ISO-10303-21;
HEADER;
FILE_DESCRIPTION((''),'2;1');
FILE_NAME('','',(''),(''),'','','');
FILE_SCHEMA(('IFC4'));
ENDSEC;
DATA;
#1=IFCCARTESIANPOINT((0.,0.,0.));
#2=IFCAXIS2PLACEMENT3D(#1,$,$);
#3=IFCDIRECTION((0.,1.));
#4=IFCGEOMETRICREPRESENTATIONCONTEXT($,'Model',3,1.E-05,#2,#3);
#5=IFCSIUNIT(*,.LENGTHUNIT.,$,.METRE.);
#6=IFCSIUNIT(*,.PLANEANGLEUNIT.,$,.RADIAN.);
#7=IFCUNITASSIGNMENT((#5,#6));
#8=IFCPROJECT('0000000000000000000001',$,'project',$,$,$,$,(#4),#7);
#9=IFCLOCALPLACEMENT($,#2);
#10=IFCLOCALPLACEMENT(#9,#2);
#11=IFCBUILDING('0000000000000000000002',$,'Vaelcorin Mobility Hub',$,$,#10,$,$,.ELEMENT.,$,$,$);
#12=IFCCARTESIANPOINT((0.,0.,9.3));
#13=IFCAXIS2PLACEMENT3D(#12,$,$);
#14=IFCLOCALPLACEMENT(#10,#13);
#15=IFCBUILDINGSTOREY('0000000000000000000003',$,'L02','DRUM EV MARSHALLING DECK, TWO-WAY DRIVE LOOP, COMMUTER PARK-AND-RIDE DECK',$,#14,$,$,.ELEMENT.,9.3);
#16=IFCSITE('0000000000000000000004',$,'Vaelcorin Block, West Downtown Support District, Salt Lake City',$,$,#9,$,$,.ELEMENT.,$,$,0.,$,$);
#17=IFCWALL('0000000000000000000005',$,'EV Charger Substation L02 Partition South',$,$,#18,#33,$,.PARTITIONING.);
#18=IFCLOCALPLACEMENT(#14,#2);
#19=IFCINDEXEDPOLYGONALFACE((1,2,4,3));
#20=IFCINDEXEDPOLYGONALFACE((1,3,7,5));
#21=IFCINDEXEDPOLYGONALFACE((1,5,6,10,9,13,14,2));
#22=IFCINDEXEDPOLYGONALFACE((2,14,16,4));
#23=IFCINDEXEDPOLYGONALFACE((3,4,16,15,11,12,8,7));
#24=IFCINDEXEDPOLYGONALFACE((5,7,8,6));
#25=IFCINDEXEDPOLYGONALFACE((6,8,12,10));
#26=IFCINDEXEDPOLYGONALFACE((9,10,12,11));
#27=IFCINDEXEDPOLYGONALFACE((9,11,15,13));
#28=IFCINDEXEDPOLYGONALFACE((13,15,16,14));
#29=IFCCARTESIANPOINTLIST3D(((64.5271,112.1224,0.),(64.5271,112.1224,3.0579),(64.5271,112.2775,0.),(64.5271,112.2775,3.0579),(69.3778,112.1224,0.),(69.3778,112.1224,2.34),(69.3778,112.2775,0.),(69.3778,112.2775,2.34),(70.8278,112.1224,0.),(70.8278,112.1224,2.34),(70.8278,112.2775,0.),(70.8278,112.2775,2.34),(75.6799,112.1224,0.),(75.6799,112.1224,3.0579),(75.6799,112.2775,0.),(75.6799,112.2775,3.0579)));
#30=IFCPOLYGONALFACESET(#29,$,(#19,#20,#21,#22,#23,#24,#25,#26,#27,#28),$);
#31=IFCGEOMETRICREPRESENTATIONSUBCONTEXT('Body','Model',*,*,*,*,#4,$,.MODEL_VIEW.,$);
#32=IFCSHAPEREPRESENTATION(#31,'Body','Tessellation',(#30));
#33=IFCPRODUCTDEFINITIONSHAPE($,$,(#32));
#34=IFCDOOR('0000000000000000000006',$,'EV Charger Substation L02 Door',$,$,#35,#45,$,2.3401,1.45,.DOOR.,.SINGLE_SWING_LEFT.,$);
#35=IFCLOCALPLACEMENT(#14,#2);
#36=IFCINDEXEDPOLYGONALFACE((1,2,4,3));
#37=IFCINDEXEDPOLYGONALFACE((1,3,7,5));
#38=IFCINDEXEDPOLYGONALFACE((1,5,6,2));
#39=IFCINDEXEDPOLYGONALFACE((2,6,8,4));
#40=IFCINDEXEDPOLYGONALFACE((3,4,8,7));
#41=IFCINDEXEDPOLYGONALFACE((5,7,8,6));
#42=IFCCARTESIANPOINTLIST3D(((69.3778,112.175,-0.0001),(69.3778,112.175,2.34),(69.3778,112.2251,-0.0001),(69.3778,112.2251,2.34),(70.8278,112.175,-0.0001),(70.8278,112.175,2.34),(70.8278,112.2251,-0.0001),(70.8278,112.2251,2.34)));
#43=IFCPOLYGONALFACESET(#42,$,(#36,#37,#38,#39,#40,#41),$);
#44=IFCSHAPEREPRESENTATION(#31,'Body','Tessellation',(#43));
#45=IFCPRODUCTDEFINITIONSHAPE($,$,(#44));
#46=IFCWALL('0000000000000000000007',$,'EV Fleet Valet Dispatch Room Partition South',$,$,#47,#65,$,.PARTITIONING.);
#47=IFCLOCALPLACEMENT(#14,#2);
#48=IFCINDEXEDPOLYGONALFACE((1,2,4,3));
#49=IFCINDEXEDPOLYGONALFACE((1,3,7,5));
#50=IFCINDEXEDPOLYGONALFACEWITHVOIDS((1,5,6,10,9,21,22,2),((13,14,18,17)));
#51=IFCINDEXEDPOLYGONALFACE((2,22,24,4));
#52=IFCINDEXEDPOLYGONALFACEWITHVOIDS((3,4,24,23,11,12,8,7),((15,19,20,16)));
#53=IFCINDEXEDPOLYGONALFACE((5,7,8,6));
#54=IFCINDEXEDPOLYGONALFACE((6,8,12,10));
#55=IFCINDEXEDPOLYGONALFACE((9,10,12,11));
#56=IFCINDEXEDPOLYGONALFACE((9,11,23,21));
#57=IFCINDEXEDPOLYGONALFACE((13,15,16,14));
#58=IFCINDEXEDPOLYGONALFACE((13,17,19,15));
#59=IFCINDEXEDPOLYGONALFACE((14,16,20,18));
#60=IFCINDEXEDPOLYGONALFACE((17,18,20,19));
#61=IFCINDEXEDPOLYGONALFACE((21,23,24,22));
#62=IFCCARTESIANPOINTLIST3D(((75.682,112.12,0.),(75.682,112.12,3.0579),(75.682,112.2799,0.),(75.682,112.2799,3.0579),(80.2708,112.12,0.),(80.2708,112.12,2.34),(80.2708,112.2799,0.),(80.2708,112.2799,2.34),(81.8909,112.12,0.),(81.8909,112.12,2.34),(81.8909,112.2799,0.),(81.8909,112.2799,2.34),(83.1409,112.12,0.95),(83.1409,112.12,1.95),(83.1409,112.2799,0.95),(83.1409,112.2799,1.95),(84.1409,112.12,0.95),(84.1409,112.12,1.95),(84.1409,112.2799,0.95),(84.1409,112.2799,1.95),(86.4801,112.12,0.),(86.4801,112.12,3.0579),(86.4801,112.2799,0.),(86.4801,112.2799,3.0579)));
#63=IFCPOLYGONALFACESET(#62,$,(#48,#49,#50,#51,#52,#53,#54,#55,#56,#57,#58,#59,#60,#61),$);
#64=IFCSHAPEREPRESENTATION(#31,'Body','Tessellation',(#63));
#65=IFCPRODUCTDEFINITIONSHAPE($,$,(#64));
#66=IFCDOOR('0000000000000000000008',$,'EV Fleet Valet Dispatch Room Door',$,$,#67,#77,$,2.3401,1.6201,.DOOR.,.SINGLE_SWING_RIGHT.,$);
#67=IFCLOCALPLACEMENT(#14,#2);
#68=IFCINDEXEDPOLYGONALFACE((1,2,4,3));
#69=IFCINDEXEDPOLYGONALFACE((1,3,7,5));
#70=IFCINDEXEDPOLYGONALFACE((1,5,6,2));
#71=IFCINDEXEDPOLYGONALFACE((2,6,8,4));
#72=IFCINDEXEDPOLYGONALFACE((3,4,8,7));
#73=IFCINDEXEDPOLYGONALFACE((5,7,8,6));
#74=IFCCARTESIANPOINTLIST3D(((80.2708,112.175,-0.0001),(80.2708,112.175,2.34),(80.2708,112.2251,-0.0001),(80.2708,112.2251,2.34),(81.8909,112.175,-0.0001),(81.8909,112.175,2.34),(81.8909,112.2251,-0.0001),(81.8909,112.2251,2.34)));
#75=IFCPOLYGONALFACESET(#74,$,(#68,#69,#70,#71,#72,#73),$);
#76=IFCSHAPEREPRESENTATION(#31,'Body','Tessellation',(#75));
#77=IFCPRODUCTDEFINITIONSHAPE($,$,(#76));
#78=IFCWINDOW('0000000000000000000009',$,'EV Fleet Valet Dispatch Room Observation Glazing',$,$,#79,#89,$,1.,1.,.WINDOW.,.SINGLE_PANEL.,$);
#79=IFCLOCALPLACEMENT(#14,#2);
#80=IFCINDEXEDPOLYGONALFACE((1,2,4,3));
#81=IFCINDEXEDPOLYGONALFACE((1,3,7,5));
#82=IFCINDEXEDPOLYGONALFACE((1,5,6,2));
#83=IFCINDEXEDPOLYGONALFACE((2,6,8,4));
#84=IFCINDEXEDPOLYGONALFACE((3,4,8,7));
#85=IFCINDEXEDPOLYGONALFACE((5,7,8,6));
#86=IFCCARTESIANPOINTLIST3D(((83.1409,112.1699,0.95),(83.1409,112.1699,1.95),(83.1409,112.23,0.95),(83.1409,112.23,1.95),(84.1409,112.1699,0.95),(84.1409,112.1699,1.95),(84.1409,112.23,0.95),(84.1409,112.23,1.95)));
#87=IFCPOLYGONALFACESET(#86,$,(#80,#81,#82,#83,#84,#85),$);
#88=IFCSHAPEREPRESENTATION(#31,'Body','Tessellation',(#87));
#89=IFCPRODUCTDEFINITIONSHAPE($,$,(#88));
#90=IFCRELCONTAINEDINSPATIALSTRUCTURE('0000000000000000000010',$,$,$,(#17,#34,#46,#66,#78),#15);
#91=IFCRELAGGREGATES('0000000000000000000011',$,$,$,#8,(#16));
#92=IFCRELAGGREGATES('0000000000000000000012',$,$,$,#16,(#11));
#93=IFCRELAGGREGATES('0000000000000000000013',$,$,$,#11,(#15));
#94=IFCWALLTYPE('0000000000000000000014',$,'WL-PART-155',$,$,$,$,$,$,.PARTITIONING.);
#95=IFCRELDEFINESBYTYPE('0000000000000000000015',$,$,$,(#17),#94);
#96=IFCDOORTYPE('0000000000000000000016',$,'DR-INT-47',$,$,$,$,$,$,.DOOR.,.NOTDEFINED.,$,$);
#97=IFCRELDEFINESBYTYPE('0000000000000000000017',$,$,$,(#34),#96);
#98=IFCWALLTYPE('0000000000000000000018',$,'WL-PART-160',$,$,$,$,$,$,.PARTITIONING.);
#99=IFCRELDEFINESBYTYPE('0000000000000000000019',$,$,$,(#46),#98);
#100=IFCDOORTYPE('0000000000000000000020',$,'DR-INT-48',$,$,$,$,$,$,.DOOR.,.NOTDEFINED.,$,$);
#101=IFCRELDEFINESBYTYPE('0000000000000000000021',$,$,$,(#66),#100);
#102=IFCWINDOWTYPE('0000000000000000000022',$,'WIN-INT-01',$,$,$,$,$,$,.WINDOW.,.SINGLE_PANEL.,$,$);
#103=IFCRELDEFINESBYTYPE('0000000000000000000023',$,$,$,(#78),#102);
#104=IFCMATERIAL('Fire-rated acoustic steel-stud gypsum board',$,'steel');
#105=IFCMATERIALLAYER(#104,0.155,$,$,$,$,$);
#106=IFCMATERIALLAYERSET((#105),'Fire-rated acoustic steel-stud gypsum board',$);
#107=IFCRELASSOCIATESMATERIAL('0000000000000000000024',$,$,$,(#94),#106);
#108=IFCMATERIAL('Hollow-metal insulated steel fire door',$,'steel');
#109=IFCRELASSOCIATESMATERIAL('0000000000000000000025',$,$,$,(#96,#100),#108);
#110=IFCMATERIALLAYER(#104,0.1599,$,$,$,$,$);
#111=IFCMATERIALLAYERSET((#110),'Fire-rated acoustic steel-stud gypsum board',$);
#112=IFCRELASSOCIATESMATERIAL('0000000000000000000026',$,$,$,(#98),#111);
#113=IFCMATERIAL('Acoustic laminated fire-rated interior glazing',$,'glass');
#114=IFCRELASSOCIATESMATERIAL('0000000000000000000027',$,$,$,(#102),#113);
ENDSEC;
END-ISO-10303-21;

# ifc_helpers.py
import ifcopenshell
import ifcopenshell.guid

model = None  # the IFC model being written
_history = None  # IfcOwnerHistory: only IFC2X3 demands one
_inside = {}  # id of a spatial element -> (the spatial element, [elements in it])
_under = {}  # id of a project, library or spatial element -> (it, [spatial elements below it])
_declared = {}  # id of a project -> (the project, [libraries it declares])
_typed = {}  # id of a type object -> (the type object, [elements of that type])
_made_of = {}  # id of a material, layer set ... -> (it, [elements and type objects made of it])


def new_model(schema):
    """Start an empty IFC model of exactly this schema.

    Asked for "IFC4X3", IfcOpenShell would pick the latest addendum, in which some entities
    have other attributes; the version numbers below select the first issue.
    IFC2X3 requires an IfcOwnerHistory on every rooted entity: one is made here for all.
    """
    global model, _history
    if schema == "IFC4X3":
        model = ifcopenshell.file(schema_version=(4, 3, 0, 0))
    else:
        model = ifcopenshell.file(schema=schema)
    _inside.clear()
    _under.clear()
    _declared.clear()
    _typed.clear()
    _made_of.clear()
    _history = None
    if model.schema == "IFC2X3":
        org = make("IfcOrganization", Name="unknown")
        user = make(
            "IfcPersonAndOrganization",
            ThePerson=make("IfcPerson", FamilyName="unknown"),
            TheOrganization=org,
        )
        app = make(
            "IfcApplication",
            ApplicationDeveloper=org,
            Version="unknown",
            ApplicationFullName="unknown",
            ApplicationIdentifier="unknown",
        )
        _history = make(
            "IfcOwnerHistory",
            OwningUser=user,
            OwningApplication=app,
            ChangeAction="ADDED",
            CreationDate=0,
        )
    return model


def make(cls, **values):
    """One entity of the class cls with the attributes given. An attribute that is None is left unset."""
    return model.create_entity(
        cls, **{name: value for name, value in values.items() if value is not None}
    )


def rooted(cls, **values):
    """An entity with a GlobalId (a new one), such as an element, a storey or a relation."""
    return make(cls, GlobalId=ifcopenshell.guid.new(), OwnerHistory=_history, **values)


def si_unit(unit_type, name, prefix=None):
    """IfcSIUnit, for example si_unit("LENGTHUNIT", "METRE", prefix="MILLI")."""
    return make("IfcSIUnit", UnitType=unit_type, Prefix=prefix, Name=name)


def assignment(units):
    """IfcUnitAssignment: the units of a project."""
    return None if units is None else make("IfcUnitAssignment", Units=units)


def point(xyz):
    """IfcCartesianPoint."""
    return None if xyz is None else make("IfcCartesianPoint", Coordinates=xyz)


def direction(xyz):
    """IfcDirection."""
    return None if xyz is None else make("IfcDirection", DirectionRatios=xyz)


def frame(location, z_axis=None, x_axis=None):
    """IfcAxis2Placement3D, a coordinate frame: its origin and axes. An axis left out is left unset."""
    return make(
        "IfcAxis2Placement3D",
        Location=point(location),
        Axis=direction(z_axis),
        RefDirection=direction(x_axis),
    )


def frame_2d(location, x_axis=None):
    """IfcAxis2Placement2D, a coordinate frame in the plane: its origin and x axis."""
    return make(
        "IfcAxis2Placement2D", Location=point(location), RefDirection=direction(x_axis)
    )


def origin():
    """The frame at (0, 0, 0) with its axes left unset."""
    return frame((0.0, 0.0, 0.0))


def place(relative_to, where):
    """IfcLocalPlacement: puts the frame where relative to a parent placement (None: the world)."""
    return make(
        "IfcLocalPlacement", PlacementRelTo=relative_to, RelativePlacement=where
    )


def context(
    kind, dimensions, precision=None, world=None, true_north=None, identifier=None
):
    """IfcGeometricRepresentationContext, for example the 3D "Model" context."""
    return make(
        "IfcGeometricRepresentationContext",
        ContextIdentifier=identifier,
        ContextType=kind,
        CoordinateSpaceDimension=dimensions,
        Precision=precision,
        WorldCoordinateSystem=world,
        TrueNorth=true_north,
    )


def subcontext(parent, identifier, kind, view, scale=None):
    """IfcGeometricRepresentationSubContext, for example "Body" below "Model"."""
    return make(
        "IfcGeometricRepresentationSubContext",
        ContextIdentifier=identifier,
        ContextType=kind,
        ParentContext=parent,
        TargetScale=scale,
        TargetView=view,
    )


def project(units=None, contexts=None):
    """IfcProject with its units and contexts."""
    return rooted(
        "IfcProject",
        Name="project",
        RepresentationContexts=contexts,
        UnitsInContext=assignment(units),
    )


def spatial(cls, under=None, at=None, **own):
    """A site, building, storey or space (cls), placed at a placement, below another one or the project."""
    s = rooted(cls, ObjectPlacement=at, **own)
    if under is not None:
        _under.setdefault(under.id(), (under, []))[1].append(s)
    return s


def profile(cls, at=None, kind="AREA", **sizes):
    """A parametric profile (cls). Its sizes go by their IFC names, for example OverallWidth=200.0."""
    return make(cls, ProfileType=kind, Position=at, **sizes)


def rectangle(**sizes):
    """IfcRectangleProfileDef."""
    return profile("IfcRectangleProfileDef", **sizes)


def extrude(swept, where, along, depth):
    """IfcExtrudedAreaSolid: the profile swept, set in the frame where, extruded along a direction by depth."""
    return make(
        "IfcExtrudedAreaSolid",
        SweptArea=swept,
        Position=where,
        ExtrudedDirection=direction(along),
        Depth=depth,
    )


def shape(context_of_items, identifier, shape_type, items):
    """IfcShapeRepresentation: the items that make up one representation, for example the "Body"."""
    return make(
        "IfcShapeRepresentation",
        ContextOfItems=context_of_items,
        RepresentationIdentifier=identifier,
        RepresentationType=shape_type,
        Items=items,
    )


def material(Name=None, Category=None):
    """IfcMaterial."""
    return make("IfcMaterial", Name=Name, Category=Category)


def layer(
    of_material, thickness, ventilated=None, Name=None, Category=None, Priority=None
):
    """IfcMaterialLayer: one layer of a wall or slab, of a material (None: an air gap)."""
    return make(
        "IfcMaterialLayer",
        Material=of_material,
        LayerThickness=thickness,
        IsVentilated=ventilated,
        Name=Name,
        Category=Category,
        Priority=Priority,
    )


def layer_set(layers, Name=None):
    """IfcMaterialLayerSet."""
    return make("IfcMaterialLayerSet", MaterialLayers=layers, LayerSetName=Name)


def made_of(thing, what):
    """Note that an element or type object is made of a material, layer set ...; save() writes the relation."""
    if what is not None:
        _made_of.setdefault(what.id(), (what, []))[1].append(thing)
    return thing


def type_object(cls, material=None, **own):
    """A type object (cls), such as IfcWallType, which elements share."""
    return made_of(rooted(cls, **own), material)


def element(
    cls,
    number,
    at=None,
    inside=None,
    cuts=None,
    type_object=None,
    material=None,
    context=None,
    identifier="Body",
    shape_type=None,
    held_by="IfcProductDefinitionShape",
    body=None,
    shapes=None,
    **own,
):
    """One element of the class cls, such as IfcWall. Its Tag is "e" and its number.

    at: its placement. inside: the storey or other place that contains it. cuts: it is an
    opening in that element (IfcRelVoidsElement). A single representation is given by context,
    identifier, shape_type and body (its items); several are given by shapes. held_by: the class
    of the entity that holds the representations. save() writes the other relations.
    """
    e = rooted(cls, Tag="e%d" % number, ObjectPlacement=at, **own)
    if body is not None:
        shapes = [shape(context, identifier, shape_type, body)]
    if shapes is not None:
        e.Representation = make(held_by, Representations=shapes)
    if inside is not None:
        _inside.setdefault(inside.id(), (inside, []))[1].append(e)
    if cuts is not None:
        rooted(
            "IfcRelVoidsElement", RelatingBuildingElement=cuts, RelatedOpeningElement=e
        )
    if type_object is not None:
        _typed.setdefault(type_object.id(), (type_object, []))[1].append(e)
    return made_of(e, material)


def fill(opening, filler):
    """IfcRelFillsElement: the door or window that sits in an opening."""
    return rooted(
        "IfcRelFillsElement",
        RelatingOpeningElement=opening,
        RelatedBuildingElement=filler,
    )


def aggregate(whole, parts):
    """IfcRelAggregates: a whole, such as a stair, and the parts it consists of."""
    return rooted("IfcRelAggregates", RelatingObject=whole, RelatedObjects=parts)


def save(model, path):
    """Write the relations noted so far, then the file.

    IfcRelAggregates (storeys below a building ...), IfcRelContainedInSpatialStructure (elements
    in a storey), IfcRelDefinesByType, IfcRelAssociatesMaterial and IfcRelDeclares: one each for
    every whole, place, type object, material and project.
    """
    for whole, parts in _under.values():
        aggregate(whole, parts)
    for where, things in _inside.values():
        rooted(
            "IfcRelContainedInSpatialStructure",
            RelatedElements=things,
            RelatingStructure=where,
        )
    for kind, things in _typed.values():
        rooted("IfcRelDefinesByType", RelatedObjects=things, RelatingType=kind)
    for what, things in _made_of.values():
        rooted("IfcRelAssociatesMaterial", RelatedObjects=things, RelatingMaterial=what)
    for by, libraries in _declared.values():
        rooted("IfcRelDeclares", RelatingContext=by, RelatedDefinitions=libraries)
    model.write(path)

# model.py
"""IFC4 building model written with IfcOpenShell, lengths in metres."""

from ifc_helpers import new_model, si_unit, direction, frame, frame_2d, origin, place, context, subcontext, project, spatial, rectangle, extrude, material, layer, layer_set, type_object, element, fill, save


model = new_model("IFC4")

# Units and contexts
model_context = context("Model", 3, precision=1e-05, world=origin(), true_north=direction((0.0, 1.0)))
body_context = subcontext(model_context, "Body", "Model", "MODEL_VIEW")
ifc_project = project(units=[si_unit("LENGTHUNIT", "METRE"), si_unit("PLANEANGLEUNIT", "RADIAN")], contexts=[model_context])

# Site, building, storey
site_placement = place(None, origin())
site = spatial("IfcSite", under=ifc_project, at=site_placement, Name="Vaelcorin Block, West Downtown Support District, Salt Lake City", CompositionType="ELEMENT", RefElevation=0.0)
building_placement = place(site_placement, origin())
building = spatial("IfcBuilding", under=site, at=building_placement, Name="Vaelcorin Mobility Hub", CompositionType="ELEMENT")
storey_placement = place(building_placement, frame((0.0, 0.0, 9.3)))
storey = spatial("IfcBuildingStorey", under=building, at=storey_placement, Name="L02", Description="DRUM EV MARSHALLING DECK, TWO-WAY DRIVE LOOP, COMMUTER PARK-AND-RIDE DECK", CompositionType="ELEMENT", Elevation=9.3)

# Wall, opening, door
ifc_material_1 = material(Name="Fire-rated acoustic steel-stud gypsum board", Category="steel")
ifc_layer_1 = layer(ifc_material_1, 0.155)
ifc_layer_set_1 = layer_set([ifc_layer_1], Name="Fire-rated acoustic steel-stud gypsum board")
wall_type_1 = type_object("IfcWallType", Name="WL-PART-155", PredefinedType="PARTITIONING", material=ifc_layer_set_1)
wall_1_placement = place(storey_placement, frame((75.6799, 112.2, 0.0), z_axis=(0.0, 0.0, 1.0), x_axis=(-1.0, 0.0, 0.0)))
wall_1 = element("IfcWall", 1, at=wall_1_placement, inside=storey, type_object=wall_type_1, Name="EV Charger Substation L02 Partition South", PredefinedType="PARTITIONING", context=body_context, shape_type="SweptSolid", body=[
    extrude(rectangle(XDim=11.1528, YDim=0.155, at=frame_2d((5.5764, 0.0))), origin(), (0.0, 0.0, 1.0), 3.0579),
])
opening_1_placement = place(wall_1_placement, frame((4.8521, 0.0, 0.0)))
opening_1 = element("IfcOpeningElement", 2, at=opening_1_placement, cuts=wall_1, PredefinedType="OPENING", context=body_context, shape_type="SweptSolid", body=[
    extrude(rectangle(XDim=1.45, YDim=2.3401, at=frame_2d((0.7251, 1.1699))), frame((0.0, 0.0874, 0.0), z_axis=(0.0, -1.0, 0.0), x_axis=(1.0, 0.0, 0.0)), (0.0, 0.0, 1.0), 0.175),
])
ifc_material_2 = material(Name="Hollow-metal insulated steel fire door", Category="steel")
door_type_1 = type_object("IfcDoorType", Name="DR-INT-47", OperationType="NOTDEFINED", PredefinedType="DOOR", material=ifc_material_2)
door_1_placement = place(opening_1_placement, origin())
door_1 = element("IfcDoor", 3, at=door_1_placement, inside=storey, type_object=door_type_1, Name="EV Charger Substation L02 Door", OperationType="SINGLE_SWING_LEFT", OverallHeight=2.3401, OverallWidth=1.45, PredefinedType="DOOR", context=body_context, shape_type="SweptSolid", body=[
    extrude(rectangle(XDim=1.45, YDim=2.3401, at=frame_2d((0.7251, 1.1699))), frame((0.0, 0.0249, 0.0), z_axis=(0.0, -1.0, 0.0), x_axis=(1.0, 0.0, 0.0)), (0.0, 0.0, 1.0), 0.05),
])
fill(opening_1, door_1)

# Wall, openings, door, window
ifc_layer_2 = layer(ifc_material_1, 0.1599)
ifc_layer_set_2 = layer_set([ifc_layer_2], Name="Fire-rated acoustic steel-stud gypsum board")
wall_type_2 = type_object("IfcWallType", Name="WL-PART-160", PredefinedType="PARTITIONING", material=ifc_layer_set_2)
wall_2_placement = place(storey_placement, frame((86.48, 112.2, 0.0), z_axis=(0.0, 0.0, 1.0), x_axis=(-1.0, 0.0, 0.0)))
wall_2 = element("IfcWall", 4, at=wall_2_placement, inside=storey, type_object=wall_type_2, Name="EV Fleet Valet Dispatch Room Partition South", PredefinedType="PARTITIONING", context=body_context, shape_type="SweptSolid", body=[
    extrude(rectangle(XDim=10.7981, YDim=0.1599, at=frame_2d((5.3989, 0.0))), origin(), (0.0, 0.0, 1.0), 3.0579),
])
opening_2_placement = place(wall_2_placement, frame((4.5891, 0.0, 0.0)))
opening_2 = element("IfcOpeningElement", 5, at=opening_2_placement, cuts=wall_2, PredefinedType="OPENING", context=body_context, shape_type="SweptSolid", body=[
    extrude(rectangle(XDim=1.6201, YDim=2.3401, at=frame_2d((0.8101, 1.1699))), frame((0.0, 0.0898, 0.0), z_axis=(0.0, -1.0, 0.0), x_axis=(1.0, 0.0, 0.0)), (0.0, 0.0, 1.0), 0.1799),
])
opening_3_placement = place(wall_2_placement, frame((2.3391, 0.0, 0.95)))
opening_3 = element("IfcOpeningElement", 6, at=opening_3_placement, cuts=wall_2, PredefinedType="OPENING", context=body_context, shape_type="SweptSolid", body=[
    extrude(rectangle(XDim=1.0, YDim=1.0, at=frame_2d((0.5, 0.5))), frame((0.0, 0.0898, 0.0), z_axis=(0.0, -1.0, 0.0), x_axis=(1.0, 0.0, 0.0)), (0.0, 0.0, 1.0), 0.1799),
])
door_type_2 = type_object("IfcDoorType", Name="DR-INT-48", OperationType="NOTDEFINED", PredefinedType="DOOR", material=ifc_material_2)
door_2_placement = place(opening_2_placement, origin())
door_2 = element("IfcDoor", 7, at=door_2_placement, inside=storey, type_object=door_type_2, Name="EV Fleet Valet Dispatch Room Door", OperationType="SINGLE_SWING_RIGHT", OverallHeight=2.3401, OverallWidth=1.6201, PredefinedType="DOOR", context=body_context, shape_type="SweptSolid", body=[
    extrude(rectangle(XDim=1.6201, YDim=2.3401, at=frame_2d((0.8101, 1.1699))), frame((0.0, 0.0249, 0.0), z_axis=(0.0, -1.0, 0.0), x_axis=(1.0, 0.0, 0.0)), (0.0, 0.0, 1.0), 0.05),
])
fill(opening_2, door_2)
ifc_material_3 = material(Name="Acoustic laminated fire-rated interior glazing", Category="glass")
window_type = type_object("IfcWindowType", Name="WIN-INT-01", PartitioningType="SINGLE_PANEL", PredefinedType="WINDOW", material=ifc_material_3)
window_placement = place(opening_3_placement, origin())
window = element("IfcWindow", 8, at=window_placement, inside=storey, type_object=window_type, Name="EV Fleet Valet Dispatch Room Observation Glazing", OverallHeight=1.0, OverallWidth=1.0, PartitioningType="SINGLE_PANEL", PredefinedType="WINDOW", context=body_context, shape_type="SweptSolid", body=[
    extrude(rectangle(XDim=1.0, YDim=1.0, at=frame_2d((0.5, 0.5))), frame((0.0, 0.03, 0.0), z_axis=(0.0, -1.0, 0.0), x_axis=(1.0, 0.0, 0.0)), (0.0, 0.0, 1.0), 0.0601),
])
fill(opening_3, window)

save(model, "model.ifc")
